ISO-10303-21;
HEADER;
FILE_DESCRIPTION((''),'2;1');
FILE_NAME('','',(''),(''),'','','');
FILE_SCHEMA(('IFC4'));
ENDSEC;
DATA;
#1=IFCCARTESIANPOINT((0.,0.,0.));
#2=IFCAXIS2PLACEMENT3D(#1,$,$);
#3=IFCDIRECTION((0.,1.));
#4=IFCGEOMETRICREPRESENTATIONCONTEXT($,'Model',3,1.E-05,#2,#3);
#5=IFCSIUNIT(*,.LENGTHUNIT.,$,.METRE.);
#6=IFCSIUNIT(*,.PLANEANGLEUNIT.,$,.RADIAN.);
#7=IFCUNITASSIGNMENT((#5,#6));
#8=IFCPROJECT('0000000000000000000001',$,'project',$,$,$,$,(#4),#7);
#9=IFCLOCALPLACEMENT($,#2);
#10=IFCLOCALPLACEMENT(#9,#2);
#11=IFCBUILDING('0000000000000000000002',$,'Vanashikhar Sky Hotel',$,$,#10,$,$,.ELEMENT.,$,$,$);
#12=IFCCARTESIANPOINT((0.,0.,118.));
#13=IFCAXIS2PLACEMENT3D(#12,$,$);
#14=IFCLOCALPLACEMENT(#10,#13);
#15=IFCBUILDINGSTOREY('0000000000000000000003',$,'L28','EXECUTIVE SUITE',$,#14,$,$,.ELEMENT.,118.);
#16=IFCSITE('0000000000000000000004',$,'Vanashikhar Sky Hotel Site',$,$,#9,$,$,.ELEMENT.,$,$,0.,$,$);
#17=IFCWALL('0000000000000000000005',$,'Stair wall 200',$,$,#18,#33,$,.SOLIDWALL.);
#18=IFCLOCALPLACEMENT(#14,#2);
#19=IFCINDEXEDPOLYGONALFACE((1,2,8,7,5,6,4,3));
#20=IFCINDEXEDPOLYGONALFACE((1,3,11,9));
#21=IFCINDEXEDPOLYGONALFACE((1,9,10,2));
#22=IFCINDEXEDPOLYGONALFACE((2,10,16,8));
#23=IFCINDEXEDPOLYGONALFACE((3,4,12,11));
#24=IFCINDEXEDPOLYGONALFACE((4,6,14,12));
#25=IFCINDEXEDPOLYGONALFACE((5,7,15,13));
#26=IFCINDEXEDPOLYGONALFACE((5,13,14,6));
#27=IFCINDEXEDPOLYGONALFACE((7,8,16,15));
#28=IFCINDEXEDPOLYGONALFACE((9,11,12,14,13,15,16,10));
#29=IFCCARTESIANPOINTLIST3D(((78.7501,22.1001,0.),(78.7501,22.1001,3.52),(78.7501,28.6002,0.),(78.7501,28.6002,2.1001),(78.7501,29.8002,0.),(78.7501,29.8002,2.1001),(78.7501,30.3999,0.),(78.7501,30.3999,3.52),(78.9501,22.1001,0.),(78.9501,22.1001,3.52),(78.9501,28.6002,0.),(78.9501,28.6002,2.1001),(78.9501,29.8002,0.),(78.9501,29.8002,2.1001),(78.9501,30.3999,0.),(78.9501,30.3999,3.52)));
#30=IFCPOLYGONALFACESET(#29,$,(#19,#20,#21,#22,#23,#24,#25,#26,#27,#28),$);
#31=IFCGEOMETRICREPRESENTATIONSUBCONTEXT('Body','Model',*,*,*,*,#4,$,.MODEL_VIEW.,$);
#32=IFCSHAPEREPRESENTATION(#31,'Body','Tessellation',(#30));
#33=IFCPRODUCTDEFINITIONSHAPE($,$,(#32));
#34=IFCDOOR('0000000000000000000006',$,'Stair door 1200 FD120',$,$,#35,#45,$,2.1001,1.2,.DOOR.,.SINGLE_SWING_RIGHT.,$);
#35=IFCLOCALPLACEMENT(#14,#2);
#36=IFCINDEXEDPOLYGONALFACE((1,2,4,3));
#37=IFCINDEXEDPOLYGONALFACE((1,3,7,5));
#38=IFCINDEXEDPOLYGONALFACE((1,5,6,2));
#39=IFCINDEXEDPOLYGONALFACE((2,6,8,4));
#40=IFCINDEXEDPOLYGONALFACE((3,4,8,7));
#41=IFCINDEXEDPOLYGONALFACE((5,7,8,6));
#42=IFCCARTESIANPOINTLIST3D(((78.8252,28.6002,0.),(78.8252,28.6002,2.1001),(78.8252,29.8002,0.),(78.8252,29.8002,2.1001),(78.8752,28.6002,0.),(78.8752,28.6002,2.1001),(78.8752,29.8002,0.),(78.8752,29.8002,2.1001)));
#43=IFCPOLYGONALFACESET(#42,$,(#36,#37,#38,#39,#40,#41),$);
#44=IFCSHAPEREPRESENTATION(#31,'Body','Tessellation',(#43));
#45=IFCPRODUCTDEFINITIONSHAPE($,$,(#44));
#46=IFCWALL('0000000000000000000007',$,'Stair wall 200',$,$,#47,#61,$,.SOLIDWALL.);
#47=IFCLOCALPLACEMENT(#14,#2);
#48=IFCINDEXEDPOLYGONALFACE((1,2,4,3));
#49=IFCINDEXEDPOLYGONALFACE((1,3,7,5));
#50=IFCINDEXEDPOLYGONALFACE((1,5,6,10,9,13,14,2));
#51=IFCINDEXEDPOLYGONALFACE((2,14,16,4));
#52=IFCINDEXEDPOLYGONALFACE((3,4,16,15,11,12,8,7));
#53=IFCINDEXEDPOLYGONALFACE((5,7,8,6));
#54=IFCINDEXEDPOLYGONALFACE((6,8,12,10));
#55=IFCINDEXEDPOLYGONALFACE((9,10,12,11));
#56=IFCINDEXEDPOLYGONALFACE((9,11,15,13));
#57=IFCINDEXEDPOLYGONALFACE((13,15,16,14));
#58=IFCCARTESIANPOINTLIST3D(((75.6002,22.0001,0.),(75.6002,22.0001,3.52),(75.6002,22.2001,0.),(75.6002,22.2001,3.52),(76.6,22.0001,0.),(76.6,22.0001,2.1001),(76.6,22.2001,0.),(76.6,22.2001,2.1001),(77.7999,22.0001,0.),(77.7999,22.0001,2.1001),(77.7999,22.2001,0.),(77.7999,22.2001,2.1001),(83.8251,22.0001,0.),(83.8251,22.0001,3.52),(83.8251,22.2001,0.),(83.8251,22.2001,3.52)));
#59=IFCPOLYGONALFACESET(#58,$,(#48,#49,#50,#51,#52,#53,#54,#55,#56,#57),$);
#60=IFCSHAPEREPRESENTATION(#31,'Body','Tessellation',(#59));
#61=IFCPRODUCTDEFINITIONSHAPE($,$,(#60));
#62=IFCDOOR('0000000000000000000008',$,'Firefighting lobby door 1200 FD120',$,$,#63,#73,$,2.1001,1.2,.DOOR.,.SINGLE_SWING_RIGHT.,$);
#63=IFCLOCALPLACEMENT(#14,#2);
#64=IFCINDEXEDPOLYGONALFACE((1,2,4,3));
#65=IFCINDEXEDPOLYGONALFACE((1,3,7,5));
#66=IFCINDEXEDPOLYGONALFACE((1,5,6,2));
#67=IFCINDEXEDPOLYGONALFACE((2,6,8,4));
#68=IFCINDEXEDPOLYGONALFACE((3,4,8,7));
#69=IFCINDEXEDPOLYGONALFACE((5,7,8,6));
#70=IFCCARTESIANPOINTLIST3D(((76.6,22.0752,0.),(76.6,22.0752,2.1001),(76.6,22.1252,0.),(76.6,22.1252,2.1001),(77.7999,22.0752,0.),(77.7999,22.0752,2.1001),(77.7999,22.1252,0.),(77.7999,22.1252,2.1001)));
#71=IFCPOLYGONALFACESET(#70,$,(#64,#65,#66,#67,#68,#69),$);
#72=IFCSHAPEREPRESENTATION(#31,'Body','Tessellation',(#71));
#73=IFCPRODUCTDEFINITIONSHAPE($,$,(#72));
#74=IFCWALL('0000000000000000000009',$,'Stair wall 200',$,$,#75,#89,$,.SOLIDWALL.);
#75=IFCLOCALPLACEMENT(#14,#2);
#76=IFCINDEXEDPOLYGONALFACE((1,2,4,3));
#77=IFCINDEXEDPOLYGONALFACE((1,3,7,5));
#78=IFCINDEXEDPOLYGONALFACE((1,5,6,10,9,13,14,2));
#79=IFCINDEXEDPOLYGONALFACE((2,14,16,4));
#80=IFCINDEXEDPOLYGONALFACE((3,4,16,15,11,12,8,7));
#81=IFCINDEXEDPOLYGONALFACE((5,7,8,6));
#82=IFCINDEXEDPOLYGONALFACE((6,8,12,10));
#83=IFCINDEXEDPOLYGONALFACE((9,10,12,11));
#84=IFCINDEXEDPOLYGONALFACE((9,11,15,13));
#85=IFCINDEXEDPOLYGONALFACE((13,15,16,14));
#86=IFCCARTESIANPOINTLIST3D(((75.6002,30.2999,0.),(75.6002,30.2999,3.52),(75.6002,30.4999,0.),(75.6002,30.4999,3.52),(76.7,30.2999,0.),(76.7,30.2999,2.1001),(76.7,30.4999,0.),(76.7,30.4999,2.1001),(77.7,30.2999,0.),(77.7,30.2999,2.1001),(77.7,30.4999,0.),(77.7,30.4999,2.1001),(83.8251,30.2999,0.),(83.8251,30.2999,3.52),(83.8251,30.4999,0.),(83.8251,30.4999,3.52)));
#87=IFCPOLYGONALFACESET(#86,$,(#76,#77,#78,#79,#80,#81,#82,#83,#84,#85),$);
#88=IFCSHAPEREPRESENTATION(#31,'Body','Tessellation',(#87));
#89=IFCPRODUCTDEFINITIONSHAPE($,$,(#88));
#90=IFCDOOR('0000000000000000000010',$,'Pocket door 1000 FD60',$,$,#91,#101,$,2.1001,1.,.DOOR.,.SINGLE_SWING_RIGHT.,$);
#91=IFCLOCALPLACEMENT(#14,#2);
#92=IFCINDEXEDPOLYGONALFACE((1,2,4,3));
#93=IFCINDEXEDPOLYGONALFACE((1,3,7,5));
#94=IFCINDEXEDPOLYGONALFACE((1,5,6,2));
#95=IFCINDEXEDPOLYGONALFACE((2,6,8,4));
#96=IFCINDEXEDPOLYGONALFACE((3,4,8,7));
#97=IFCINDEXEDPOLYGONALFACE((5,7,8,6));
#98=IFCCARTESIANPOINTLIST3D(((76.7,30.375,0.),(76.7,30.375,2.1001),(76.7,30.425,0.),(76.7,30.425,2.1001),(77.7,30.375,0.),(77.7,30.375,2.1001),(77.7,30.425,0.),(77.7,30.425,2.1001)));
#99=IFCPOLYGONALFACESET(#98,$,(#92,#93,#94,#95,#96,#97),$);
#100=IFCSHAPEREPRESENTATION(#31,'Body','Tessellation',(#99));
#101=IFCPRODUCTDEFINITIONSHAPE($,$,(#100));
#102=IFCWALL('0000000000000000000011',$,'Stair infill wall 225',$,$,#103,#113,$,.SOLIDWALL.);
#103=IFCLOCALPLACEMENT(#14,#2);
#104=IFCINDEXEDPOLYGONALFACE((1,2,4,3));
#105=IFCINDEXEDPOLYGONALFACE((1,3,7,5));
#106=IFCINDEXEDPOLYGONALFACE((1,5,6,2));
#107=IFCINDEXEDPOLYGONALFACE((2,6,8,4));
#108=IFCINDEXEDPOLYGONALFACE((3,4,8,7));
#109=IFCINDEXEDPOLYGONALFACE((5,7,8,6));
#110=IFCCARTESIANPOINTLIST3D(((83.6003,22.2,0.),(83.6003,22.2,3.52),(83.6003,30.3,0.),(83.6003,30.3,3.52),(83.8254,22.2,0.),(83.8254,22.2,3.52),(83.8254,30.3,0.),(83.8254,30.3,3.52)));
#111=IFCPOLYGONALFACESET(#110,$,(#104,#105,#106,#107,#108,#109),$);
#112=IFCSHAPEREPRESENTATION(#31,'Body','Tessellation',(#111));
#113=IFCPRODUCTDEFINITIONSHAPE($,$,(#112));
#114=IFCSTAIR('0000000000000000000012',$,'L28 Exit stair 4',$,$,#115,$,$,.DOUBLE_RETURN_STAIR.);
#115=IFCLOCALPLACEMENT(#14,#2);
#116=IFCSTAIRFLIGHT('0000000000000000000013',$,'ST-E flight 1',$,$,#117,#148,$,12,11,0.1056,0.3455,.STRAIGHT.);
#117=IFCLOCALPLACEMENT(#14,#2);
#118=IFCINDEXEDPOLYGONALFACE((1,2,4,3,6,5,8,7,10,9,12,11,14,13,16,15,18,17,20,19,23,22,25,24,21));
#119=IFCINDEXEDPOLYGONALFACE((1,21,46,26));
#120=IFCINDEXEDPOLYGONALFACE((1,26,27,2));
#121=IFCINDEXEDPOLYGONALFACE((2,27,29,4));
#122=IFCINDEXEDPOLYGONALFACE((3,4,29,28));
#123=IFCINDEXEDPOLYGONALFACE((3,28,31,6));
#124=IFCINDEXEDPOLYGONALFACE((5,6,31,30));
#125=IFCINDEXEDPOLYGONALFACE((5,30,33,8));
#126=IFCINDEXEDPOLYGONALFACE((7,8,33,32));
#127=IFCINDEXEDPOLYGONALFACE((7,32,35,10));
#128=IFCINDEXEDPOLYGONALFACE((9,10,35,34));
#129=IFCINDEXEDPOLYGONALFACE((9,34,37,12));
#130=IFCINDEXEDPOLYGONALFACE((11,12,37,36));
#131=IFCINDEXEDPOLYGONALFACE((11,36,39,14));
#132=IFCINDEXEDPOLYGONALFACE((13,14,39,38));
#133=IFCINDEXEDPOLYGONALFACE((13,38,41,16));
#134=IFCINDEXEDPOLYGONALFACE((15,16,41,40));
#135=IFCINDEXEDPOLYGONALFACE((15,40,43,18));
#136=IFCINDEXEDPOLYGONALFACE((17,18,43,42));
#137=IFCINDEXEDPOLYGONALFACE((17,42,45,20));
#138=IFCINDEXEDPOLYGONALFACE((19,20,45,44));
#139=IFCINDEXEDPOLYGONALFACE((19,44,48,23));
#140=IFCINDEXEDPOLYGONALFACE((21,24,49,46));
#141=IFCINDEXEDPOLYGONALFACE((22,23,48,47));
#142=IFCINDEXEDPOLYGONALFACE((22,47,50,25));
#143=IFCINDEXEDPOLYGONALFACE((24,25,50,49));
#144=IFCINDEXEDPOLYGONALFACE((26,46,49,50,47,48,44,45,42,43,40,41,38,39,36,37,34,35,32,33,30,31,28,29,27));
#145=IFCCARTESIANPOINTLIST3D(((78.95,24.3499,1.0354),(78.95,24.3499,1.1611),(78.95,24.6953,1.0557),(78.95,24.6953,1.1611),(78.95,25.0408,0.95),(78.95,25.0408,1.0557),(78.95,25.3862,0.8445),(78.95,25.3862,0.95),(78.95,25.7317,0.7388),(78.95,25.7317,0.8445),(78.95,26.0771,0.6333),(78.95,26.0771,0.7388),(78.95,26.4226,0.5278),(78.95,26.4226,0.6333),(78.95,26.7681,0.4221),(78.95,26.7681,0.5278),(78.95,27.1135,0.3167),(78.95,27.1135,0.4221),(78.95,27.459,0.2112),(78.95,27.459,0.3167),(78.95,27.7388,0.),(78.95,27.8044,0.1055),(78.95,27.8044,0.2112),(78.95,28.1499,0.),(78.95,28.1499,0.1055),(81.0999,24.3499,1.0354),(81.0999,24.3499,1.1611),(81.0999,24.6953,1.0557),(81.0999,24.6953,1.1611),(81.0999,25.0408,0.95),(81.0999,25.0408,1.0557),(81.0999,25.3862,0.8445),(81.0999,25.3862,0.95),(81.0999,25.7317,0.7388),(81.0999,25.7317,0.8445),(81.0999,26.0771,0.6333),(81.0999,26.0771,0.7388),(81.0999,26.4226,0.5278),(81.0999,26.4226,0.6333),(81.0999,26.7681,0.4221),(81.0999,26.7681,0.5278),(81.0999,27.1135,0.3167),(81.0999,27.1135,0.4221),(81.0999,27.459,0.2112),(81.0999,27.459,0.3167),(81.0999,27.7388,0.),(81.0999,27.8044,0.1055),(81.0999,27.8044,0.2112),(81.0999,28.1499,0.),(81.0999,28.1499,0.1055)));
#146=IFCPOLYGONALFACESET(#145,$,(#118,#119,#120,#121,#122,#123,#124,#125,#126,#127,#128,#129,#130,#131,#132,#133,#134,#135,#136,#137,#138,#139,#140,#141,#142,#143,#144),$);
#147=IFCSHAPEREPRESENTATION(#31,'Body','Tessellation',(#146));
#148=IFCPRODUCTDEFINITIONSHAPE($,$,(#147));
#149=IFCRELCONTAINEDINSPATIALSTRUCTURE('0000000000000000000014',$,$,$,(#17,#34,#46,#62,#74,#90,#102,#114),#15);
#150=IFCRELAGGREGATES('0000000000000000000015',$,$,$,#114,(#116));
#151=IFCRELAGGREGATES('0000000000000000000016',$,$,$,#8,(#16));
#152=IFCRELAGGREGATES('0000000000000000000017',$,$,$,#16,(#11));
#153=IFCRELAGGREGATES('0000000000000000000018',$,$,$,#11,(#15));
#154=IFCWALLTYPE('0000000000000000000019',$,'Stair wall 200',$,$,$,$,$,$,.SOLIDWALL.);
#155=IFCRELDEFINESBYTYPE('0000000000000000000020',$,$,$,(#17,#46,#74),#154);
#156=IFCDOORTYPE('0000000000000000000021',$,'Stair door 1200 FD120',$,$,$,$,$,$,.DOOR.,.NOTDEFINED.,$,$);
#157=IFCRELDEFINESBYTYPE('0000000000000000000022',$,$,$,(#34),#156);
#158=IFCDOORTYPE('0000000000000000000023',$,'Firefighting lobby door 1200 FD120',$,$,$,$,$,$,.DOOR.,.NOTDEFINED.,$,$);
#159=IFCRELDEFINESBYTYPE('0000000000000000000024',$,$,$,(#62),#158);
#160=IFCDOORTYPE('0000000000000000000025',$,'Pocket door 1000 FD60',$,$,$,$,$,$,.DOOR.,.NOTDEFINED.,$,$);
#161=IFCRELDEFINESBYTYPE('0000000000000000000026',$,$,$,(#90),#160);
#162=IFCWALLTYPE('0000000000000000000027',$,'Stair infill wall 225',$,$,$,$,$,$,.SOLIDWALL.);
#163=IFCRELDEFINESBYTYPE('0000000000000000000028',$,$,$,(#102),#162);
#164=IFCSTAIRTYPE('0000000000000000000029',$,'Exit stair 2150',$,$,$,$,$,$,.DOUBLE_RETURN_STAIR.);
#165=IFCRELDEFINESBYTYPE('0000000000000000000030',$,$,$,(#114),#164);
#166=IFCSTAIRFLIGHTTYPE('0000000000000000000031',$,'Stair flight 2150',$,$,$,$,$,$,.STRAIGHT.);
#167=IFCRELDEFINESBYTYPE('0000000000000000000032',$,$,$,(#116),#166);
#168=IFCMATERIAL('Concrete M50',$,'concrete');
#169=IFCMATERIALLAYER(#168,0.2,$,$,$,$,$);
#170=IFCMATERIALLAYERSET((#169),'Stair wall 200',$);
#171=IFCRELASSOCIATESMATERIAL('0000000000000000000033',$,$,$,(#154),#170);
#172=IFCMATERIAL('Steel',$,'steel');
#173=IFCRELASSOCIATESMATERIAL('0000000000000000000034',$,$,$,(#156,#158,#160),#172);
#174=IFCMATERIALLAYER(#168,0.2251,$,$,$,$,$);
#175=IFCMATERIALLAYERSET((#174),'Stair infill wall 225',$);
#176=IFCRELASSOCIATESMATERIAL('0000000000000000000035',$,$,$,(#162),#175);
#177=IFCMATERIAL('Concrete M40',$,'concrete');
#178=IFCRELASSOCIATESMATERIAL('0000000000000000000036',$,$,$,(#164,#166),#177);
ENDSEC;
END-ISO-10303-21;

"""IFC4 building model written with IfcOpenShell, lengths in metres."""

from ifc_helpers import new_model, si_unit, direction, frame, frame_2d, origin, place, context, subcontext, project, spatial, polyline, rectangle, outline, extrude, source, transform, mapped, material, layer, layer_set, type_object, element, fill, aggregate, save


model = new_model("IFC4")

# Units and contexts
model_context = context("Model", 3, precision=1e-05, world=origin(), true_north=direction((0.0, 1.0)))
body_context = subcontext(model_context, "Body", "Model", "MODEL_VIEW")
ifc_project = project(units=[si_unit("LENGTHUNIT", "METRE"), si_unit("PLANEANGLEUNIT", "RADIAN")], contexts=[model_context])

# Site, building, storey
site_placement = place(None, origin())
site = spatial("IfcSite", under=ifc_project, at=site_placement, Name="Vanashikhar Sky Hotel Site", CompositionType="ELEMENT", RefElevation=0.0)
building_placement = place(site_placement, origin())
building = spatial("IfcBuilding", under=site, at=building_placement, Name="Vanashikhar Sky Hotel", CompositionType="ELEMENT")
storey_placement = place(building_placement, frame((0.0, 0.0, 118.0)))
storey = spatial("IfcBuildingStorey", under=building, at=storey_placement, Name="L28", Description="EXECUTIVE SUITE", CompositionType="ELEMENT", Elevation=118.0)

# Shared definitions
ifc_material_1 = material(Name="Concrete M50", Category="concrete")

# Shared definitions
ifc_material_2 = material(Name="Steel", Category="steel")
shared_shape_1 = source(origin(), body_context, "Body", "SweptSolid", [
    extrude(rectangle(XDim=1.2, YDim=2.1001, at=frame_2d((0.6001, 1.05))), frame((0.0, 0.0249, 0.0), z_axis=(0.0, -1.0, 0.0), x_axis=(1.0, 0.0, 0.0)), (0.0, 0.0, 1.0), 0.05),
])

# Walls, openings, doors
ifc_layer_1 = layer(ifc_material_1, 0.2)
ifc_layer_set_1 = layer_set([ifc_layer_1], Name="Stair wall 200")
wall_type_1 = type_object("IfcWallType", Name="Stair wall 200", PredefinedType="SOLIDWALL", material=ifc_layer_set_1)
shared_shape_2 = source(origin(), body_context, "Body", "SweptSolid", [
    extrude(rectangle(XDim=8.2998, YDim=0.2, at=frame_2d((4.1499, 0.0))), origin(), (0.0, 0.0, 1.0), 3.52),
])
wall_1_placement = place(storey_placement, frame((78.8501, 22.1001, 0.0), z_axis=(0.0, 0.0, 1.0), x_axis=(0.0, 1.0, 0.0)))
wall_1 = element("IfcWall", 1, at=wall_1_placement, inside=storey, type_object=wall_type_1, Name="Stair wall 200", PredefinedType="SOLIDWALL", context=body_context, shape_type="MappedRepresentation", body=[
    mapped(shared_shape_2, transform((0.0, 0.0, 0.0), scale=1.0)),
])
shared_shape_3 = source(origin(), body_context, "Body", "SweptSolid", [
    extrude(rectangle(XDim=1.2, YDim=2.1001, at=frame_2d((0.6001, 1.05))), frame((0.0, 0.1099, 0.0), z_axis=(0.0, -1.0, 0.0), x_axis=(1.0, 0.0, 0.0)), (0.0, 0.0, 1.0), 0.22),
])
opening_1_placement = place(wall_1_placement, frame((6.5, 0.0, 0.0)))
opening_1 = element("IfcOpeningElement", 2, at=opening_1_placement, cuts=wall_1, PredefinedType="OPENING", context=body_context, shape_type="MappedRepresentation", body=[
    mapped(shared_shape_3, transform((0.0, 0.0, 0.0), scale=1.0)),
])
door_type_1 = type_object("IfcDoorType", Name="Stair door 1200 FD120", OperationType="NOTDEFINED", PredefinedType="DOOR", material=ifc_material_2)
door_1_placement = place(opening_1_placement, origin())
door_1 = element("IfcDoor", 3, at=door_1_placement, inside=storey, type_object=door_type_1, Name="Stair door 1200 FD120", OperationType="SINGLE_SWING_RIGHT", OverallHeight=2.1001, OverallWidth=1.2, PredefinedType="DOOR", context=body_context, shape_type="MappedRepresentation", body=[
    mapped(shared_shape_1, transform((0.0, 0.0, 0.0), scale=1.0)),
])
fill(opening_1, door_1)
shared_shape_4 = source(origin(), body_context, "Body", "SweptSolid", [
    extrude(rectangle(XDim=8.2249, YDim=0.2, at=frame_2d((4.1123, 0.0))), origin(), (0.0, 0.0, 1.0), 3.52),
])
wall_2_placement = place(storey_placement, frame((83.825, 22.1001, 0.0), z_axis=(0.0, 0.0, 1.0), x_axis=(-1.0, 0.0, 0.0)))
wall_2 = element("IfcWall", 4, at=wall_2_placement, inside=storey, type_object=wall_type_1, Name="Stair wall 200", PredefinedType="SOLIDWALL", context=body_context, shape_type="MappedRepresentation", body=[
    mapped(shared_shape_4, transform((0.0, 0.0, 0.0), scale=1.0)),
])
opening_2_placement = place(wall_2_placement, frame((6.0249, 0.0, 0.0)))
opening_2 = element("IfcOpeningElement", 5, at=opening_2_placement, cuts=wall_2, PredefinedType="OPENING", context=body_context, shape_type="MappedRepresentation", body=[
    mapped(shared_shape_3, transform((0.0, 0.0, 0.0), scale=1.0)),
])
door_type_2 = type_object("IfcDoorType", Name="Firefighting lobby door 1200 FD120", OperationType="NOTDEFINED", PredefinedType="DOOR", material=ifc_material_2)
door_2_placement = place(opening_2_placement, origin())
door_2 = element("IfcDoor", 6, at=door_2_placement, inside=storey, type_object=door_type_2, Name="Firefighting lobby door 1200 FD120", OperationType="SINGLE_SWING_RIGHT", OverallHeight=2.1001, OverallWidth=1.2, PredefinedType="DOOR", context=body_context, shape_type="MappedRepresentation", body=[
    mapped(shared_shape_1, transform((0.0, 0.0, 0.0), scale=1.0)),
])
fill(opening_2, door_2)
wall_3_placement = place(storey_placement, frame((83.825, 30.3999, 0.0), z_axis=(0.0, 0.0, 1.0), x_axis=(-1.0, 0.0, 0.0)))
wall_3 = element("IfcWall", 7, at=wall_3_placement, inside=storey, type_object=wall_type_1, Name="Stair wall 200", PredefinedType="SOLIDWALL", context=body_context, shape_type="MappedRepresentation", body=[
    mapped(shared_shape_4, transform((0.0, 0.0, 0.0), scale=1.0)),
])
shared_shape_5 = source(origin(), body_context, "Body", "SweptSolid", [
    extrude(rectangle(XDim=1.0, YDim=2.1001, at=frame_2d((0.5, 1.05))), frame((0.0, 0.1099, 0.0), z_axis=(0.0, -1.0, 0.0), x_axis=(1.0, 0.0, 0.0)), (0.0, 0.0, 1.0), 0.22),
])
opening_3_placement = place(wall_3_placement, frame((6.125, 0.0, 0.0)))
opening_3 = element("IfcOpeningElement", 8, at=opening_3_placement, cuts=wall_3, PredefinedType="OPENING", context=body_context, shape_type="MappedRepresentation", body=[
    mapped(shared_shape_5, transform((0.0, 0.0, 0.0), scale=1.0)),
])
door_type_3 = type_object("IfcDoorType", Name="Pocket door 1000 FD60", OperationType="NOTDEFINED", PredefinedType="DOOR", material=ifc_material_2)
shared_shape_6 = source(origin(), body_context, "Body", "SweptSolid", [
    extrude(rectangle(XDim=1.0, YDim=2.1001, at=frame_2d((0.5, 1.05))), frame((0.0, 0.0249, 0.0), z_axis=(0.0, -1.0, 0.0), x_axis=(1.0, 0.0, 0.0)), (0.0, 0.0, 1.0), 0.05),
])
door_3_placement = place(opening_3_placement, origin())
door_3 = element("IfcDoor", 9, at=door_3_placement, inside=storey, type_object=door_type_3, Name="Pocket door 1000 FD60", OperationType="SINGLE_SWING_RIGHT", OverallHeight=2.1001, OverallWidth=1.0, PredefinedType="DOOR", context=body_context, shape_type="MappedRepresentation", body=[
    mapped(shared_shape_6, transform((0.0, 0.0, 0.0), scale=1.0)),
])
fill(opening_3, door_3)

# Wall
ifc_layer_2 = layer(ifc_material_1, 0.2251)
ifc_layer_set_2 = layer_set([ifc_layer_2], Name="Stair infill wall 225")
wall_type_2 = type_object("IfcWallType", Name="Stair infill wall 225", PredefinedType="SOLIDWALL", material=ifc_layer_set_2)
shared_shape_7 = source(origin(), body_context, "Body", "SweptSolid", [
    extrude(rectangle(XDim=8.1001, YDim=0.2251, at=frame_2d((4.05, 0.0))), origin(), (0.0, 0.0, 1.0), 3.52),
])
wall_4_placement = place(storey_placement, frame((83.7129, 22.2, 0.0), z_axis=(0.0, 0.0, 1.0), x_axis=(0.0, 1.0, 0.0)))
element("IfcWall", 10, at=wall_4_placement, inside=storey, type_object=wall_type_2, Name="Stair infill wall 225", PredefinedType="SOLIDWALL", context=body_context, shape_type="MappedRepresentation", body=[
    mapped(shared_shape_7, transform((0.0, 0.0, 0.0), scale=1.0)),
])

# Stair, stair flight
ifc_material_3 = material(Name="Concrete M40", Category="concrete")
stair_type = type_object("IfcStairType", Name="Exit stair 2150", PredefinedType="DOUBLE_RETURN_STAIR", material=ifc_material_3)
stair_placement = place(storey_placement, origin())
stair = element("IfcStair", 11, at=stair_placement, inside=storey, type_object=stair_type, Name="L28 Exit stair 4", PredefinedType="DOUBLE_RETURN_STAIR")
stair_flight_type = type_object("IfcStairFlightType", Name="Stair flight 2150", PredefinedType="STRAIGHT", material=ifc_material_3)
shared_shape_8 = source(origin(), body_context, "Body", "SweptSolid", [
    extrude(outline(polyline([(0.0, 0.0), (0.0, 0.1055), (0.3455, 0.1055), (0.3455, 0.2112), (0.6909, 0.2112), (0.6909, 0.3167), (1.0364, 0.3167), (1.0364, 0.4221), (1.3818, 0.4221), (1.3818, 0.5278), (1.7273, 0.5278), (1.7273, 0.6333), (2.0728, 0.6333), (2.0728, 0.7388), (2.4182, 0.7388), (2.4182, 0.8445), (2.7637, 0.8445), (2.7637, 0.95), (3.1091, 0.95), (3.1091, 1.0557), (3.4546, 1.0557), (3.4546, 1.1611), (3.8, 1.1611), (3.8, 1.2666), (3.8, 1.0354), (0.4111, 0.0), (0.0, 0.0)])), frame((0.0, 1.075, 0.0), z_axis=(0.0, -1.0, 0.0), x_axis=(1.0, 0.0, 0.0)), (0.0, 0.0, 1.0), 2.1499),
])
stair_flight_1_placement = place(storey_placement, frame((80.0249, 28.1499, 0.0), z_axis=(0.0, 0.0, 1.0), x_axis=(0.0, -1.0, 0.0)))
stair_flight_1 = element("IfcStairFlight", 12, at=stair_flight_1_placement, type_object=stair_flight_type, Name="ST-E flight 1", NumberOfRisers=12, NumberOfTreads=11, PredefinedType="STRAIGHT", RiserHeight=0.1056, TreadLength=0.3455, context=body_context, shape_type="MappedRepresentation", body=[
    mapped(shared_shape_8, transform((0.0, 0.0, 0.0), scale=1.0)),
])
aggregate(stair, [stair_flight_1])

save(model, "model.ifc")
